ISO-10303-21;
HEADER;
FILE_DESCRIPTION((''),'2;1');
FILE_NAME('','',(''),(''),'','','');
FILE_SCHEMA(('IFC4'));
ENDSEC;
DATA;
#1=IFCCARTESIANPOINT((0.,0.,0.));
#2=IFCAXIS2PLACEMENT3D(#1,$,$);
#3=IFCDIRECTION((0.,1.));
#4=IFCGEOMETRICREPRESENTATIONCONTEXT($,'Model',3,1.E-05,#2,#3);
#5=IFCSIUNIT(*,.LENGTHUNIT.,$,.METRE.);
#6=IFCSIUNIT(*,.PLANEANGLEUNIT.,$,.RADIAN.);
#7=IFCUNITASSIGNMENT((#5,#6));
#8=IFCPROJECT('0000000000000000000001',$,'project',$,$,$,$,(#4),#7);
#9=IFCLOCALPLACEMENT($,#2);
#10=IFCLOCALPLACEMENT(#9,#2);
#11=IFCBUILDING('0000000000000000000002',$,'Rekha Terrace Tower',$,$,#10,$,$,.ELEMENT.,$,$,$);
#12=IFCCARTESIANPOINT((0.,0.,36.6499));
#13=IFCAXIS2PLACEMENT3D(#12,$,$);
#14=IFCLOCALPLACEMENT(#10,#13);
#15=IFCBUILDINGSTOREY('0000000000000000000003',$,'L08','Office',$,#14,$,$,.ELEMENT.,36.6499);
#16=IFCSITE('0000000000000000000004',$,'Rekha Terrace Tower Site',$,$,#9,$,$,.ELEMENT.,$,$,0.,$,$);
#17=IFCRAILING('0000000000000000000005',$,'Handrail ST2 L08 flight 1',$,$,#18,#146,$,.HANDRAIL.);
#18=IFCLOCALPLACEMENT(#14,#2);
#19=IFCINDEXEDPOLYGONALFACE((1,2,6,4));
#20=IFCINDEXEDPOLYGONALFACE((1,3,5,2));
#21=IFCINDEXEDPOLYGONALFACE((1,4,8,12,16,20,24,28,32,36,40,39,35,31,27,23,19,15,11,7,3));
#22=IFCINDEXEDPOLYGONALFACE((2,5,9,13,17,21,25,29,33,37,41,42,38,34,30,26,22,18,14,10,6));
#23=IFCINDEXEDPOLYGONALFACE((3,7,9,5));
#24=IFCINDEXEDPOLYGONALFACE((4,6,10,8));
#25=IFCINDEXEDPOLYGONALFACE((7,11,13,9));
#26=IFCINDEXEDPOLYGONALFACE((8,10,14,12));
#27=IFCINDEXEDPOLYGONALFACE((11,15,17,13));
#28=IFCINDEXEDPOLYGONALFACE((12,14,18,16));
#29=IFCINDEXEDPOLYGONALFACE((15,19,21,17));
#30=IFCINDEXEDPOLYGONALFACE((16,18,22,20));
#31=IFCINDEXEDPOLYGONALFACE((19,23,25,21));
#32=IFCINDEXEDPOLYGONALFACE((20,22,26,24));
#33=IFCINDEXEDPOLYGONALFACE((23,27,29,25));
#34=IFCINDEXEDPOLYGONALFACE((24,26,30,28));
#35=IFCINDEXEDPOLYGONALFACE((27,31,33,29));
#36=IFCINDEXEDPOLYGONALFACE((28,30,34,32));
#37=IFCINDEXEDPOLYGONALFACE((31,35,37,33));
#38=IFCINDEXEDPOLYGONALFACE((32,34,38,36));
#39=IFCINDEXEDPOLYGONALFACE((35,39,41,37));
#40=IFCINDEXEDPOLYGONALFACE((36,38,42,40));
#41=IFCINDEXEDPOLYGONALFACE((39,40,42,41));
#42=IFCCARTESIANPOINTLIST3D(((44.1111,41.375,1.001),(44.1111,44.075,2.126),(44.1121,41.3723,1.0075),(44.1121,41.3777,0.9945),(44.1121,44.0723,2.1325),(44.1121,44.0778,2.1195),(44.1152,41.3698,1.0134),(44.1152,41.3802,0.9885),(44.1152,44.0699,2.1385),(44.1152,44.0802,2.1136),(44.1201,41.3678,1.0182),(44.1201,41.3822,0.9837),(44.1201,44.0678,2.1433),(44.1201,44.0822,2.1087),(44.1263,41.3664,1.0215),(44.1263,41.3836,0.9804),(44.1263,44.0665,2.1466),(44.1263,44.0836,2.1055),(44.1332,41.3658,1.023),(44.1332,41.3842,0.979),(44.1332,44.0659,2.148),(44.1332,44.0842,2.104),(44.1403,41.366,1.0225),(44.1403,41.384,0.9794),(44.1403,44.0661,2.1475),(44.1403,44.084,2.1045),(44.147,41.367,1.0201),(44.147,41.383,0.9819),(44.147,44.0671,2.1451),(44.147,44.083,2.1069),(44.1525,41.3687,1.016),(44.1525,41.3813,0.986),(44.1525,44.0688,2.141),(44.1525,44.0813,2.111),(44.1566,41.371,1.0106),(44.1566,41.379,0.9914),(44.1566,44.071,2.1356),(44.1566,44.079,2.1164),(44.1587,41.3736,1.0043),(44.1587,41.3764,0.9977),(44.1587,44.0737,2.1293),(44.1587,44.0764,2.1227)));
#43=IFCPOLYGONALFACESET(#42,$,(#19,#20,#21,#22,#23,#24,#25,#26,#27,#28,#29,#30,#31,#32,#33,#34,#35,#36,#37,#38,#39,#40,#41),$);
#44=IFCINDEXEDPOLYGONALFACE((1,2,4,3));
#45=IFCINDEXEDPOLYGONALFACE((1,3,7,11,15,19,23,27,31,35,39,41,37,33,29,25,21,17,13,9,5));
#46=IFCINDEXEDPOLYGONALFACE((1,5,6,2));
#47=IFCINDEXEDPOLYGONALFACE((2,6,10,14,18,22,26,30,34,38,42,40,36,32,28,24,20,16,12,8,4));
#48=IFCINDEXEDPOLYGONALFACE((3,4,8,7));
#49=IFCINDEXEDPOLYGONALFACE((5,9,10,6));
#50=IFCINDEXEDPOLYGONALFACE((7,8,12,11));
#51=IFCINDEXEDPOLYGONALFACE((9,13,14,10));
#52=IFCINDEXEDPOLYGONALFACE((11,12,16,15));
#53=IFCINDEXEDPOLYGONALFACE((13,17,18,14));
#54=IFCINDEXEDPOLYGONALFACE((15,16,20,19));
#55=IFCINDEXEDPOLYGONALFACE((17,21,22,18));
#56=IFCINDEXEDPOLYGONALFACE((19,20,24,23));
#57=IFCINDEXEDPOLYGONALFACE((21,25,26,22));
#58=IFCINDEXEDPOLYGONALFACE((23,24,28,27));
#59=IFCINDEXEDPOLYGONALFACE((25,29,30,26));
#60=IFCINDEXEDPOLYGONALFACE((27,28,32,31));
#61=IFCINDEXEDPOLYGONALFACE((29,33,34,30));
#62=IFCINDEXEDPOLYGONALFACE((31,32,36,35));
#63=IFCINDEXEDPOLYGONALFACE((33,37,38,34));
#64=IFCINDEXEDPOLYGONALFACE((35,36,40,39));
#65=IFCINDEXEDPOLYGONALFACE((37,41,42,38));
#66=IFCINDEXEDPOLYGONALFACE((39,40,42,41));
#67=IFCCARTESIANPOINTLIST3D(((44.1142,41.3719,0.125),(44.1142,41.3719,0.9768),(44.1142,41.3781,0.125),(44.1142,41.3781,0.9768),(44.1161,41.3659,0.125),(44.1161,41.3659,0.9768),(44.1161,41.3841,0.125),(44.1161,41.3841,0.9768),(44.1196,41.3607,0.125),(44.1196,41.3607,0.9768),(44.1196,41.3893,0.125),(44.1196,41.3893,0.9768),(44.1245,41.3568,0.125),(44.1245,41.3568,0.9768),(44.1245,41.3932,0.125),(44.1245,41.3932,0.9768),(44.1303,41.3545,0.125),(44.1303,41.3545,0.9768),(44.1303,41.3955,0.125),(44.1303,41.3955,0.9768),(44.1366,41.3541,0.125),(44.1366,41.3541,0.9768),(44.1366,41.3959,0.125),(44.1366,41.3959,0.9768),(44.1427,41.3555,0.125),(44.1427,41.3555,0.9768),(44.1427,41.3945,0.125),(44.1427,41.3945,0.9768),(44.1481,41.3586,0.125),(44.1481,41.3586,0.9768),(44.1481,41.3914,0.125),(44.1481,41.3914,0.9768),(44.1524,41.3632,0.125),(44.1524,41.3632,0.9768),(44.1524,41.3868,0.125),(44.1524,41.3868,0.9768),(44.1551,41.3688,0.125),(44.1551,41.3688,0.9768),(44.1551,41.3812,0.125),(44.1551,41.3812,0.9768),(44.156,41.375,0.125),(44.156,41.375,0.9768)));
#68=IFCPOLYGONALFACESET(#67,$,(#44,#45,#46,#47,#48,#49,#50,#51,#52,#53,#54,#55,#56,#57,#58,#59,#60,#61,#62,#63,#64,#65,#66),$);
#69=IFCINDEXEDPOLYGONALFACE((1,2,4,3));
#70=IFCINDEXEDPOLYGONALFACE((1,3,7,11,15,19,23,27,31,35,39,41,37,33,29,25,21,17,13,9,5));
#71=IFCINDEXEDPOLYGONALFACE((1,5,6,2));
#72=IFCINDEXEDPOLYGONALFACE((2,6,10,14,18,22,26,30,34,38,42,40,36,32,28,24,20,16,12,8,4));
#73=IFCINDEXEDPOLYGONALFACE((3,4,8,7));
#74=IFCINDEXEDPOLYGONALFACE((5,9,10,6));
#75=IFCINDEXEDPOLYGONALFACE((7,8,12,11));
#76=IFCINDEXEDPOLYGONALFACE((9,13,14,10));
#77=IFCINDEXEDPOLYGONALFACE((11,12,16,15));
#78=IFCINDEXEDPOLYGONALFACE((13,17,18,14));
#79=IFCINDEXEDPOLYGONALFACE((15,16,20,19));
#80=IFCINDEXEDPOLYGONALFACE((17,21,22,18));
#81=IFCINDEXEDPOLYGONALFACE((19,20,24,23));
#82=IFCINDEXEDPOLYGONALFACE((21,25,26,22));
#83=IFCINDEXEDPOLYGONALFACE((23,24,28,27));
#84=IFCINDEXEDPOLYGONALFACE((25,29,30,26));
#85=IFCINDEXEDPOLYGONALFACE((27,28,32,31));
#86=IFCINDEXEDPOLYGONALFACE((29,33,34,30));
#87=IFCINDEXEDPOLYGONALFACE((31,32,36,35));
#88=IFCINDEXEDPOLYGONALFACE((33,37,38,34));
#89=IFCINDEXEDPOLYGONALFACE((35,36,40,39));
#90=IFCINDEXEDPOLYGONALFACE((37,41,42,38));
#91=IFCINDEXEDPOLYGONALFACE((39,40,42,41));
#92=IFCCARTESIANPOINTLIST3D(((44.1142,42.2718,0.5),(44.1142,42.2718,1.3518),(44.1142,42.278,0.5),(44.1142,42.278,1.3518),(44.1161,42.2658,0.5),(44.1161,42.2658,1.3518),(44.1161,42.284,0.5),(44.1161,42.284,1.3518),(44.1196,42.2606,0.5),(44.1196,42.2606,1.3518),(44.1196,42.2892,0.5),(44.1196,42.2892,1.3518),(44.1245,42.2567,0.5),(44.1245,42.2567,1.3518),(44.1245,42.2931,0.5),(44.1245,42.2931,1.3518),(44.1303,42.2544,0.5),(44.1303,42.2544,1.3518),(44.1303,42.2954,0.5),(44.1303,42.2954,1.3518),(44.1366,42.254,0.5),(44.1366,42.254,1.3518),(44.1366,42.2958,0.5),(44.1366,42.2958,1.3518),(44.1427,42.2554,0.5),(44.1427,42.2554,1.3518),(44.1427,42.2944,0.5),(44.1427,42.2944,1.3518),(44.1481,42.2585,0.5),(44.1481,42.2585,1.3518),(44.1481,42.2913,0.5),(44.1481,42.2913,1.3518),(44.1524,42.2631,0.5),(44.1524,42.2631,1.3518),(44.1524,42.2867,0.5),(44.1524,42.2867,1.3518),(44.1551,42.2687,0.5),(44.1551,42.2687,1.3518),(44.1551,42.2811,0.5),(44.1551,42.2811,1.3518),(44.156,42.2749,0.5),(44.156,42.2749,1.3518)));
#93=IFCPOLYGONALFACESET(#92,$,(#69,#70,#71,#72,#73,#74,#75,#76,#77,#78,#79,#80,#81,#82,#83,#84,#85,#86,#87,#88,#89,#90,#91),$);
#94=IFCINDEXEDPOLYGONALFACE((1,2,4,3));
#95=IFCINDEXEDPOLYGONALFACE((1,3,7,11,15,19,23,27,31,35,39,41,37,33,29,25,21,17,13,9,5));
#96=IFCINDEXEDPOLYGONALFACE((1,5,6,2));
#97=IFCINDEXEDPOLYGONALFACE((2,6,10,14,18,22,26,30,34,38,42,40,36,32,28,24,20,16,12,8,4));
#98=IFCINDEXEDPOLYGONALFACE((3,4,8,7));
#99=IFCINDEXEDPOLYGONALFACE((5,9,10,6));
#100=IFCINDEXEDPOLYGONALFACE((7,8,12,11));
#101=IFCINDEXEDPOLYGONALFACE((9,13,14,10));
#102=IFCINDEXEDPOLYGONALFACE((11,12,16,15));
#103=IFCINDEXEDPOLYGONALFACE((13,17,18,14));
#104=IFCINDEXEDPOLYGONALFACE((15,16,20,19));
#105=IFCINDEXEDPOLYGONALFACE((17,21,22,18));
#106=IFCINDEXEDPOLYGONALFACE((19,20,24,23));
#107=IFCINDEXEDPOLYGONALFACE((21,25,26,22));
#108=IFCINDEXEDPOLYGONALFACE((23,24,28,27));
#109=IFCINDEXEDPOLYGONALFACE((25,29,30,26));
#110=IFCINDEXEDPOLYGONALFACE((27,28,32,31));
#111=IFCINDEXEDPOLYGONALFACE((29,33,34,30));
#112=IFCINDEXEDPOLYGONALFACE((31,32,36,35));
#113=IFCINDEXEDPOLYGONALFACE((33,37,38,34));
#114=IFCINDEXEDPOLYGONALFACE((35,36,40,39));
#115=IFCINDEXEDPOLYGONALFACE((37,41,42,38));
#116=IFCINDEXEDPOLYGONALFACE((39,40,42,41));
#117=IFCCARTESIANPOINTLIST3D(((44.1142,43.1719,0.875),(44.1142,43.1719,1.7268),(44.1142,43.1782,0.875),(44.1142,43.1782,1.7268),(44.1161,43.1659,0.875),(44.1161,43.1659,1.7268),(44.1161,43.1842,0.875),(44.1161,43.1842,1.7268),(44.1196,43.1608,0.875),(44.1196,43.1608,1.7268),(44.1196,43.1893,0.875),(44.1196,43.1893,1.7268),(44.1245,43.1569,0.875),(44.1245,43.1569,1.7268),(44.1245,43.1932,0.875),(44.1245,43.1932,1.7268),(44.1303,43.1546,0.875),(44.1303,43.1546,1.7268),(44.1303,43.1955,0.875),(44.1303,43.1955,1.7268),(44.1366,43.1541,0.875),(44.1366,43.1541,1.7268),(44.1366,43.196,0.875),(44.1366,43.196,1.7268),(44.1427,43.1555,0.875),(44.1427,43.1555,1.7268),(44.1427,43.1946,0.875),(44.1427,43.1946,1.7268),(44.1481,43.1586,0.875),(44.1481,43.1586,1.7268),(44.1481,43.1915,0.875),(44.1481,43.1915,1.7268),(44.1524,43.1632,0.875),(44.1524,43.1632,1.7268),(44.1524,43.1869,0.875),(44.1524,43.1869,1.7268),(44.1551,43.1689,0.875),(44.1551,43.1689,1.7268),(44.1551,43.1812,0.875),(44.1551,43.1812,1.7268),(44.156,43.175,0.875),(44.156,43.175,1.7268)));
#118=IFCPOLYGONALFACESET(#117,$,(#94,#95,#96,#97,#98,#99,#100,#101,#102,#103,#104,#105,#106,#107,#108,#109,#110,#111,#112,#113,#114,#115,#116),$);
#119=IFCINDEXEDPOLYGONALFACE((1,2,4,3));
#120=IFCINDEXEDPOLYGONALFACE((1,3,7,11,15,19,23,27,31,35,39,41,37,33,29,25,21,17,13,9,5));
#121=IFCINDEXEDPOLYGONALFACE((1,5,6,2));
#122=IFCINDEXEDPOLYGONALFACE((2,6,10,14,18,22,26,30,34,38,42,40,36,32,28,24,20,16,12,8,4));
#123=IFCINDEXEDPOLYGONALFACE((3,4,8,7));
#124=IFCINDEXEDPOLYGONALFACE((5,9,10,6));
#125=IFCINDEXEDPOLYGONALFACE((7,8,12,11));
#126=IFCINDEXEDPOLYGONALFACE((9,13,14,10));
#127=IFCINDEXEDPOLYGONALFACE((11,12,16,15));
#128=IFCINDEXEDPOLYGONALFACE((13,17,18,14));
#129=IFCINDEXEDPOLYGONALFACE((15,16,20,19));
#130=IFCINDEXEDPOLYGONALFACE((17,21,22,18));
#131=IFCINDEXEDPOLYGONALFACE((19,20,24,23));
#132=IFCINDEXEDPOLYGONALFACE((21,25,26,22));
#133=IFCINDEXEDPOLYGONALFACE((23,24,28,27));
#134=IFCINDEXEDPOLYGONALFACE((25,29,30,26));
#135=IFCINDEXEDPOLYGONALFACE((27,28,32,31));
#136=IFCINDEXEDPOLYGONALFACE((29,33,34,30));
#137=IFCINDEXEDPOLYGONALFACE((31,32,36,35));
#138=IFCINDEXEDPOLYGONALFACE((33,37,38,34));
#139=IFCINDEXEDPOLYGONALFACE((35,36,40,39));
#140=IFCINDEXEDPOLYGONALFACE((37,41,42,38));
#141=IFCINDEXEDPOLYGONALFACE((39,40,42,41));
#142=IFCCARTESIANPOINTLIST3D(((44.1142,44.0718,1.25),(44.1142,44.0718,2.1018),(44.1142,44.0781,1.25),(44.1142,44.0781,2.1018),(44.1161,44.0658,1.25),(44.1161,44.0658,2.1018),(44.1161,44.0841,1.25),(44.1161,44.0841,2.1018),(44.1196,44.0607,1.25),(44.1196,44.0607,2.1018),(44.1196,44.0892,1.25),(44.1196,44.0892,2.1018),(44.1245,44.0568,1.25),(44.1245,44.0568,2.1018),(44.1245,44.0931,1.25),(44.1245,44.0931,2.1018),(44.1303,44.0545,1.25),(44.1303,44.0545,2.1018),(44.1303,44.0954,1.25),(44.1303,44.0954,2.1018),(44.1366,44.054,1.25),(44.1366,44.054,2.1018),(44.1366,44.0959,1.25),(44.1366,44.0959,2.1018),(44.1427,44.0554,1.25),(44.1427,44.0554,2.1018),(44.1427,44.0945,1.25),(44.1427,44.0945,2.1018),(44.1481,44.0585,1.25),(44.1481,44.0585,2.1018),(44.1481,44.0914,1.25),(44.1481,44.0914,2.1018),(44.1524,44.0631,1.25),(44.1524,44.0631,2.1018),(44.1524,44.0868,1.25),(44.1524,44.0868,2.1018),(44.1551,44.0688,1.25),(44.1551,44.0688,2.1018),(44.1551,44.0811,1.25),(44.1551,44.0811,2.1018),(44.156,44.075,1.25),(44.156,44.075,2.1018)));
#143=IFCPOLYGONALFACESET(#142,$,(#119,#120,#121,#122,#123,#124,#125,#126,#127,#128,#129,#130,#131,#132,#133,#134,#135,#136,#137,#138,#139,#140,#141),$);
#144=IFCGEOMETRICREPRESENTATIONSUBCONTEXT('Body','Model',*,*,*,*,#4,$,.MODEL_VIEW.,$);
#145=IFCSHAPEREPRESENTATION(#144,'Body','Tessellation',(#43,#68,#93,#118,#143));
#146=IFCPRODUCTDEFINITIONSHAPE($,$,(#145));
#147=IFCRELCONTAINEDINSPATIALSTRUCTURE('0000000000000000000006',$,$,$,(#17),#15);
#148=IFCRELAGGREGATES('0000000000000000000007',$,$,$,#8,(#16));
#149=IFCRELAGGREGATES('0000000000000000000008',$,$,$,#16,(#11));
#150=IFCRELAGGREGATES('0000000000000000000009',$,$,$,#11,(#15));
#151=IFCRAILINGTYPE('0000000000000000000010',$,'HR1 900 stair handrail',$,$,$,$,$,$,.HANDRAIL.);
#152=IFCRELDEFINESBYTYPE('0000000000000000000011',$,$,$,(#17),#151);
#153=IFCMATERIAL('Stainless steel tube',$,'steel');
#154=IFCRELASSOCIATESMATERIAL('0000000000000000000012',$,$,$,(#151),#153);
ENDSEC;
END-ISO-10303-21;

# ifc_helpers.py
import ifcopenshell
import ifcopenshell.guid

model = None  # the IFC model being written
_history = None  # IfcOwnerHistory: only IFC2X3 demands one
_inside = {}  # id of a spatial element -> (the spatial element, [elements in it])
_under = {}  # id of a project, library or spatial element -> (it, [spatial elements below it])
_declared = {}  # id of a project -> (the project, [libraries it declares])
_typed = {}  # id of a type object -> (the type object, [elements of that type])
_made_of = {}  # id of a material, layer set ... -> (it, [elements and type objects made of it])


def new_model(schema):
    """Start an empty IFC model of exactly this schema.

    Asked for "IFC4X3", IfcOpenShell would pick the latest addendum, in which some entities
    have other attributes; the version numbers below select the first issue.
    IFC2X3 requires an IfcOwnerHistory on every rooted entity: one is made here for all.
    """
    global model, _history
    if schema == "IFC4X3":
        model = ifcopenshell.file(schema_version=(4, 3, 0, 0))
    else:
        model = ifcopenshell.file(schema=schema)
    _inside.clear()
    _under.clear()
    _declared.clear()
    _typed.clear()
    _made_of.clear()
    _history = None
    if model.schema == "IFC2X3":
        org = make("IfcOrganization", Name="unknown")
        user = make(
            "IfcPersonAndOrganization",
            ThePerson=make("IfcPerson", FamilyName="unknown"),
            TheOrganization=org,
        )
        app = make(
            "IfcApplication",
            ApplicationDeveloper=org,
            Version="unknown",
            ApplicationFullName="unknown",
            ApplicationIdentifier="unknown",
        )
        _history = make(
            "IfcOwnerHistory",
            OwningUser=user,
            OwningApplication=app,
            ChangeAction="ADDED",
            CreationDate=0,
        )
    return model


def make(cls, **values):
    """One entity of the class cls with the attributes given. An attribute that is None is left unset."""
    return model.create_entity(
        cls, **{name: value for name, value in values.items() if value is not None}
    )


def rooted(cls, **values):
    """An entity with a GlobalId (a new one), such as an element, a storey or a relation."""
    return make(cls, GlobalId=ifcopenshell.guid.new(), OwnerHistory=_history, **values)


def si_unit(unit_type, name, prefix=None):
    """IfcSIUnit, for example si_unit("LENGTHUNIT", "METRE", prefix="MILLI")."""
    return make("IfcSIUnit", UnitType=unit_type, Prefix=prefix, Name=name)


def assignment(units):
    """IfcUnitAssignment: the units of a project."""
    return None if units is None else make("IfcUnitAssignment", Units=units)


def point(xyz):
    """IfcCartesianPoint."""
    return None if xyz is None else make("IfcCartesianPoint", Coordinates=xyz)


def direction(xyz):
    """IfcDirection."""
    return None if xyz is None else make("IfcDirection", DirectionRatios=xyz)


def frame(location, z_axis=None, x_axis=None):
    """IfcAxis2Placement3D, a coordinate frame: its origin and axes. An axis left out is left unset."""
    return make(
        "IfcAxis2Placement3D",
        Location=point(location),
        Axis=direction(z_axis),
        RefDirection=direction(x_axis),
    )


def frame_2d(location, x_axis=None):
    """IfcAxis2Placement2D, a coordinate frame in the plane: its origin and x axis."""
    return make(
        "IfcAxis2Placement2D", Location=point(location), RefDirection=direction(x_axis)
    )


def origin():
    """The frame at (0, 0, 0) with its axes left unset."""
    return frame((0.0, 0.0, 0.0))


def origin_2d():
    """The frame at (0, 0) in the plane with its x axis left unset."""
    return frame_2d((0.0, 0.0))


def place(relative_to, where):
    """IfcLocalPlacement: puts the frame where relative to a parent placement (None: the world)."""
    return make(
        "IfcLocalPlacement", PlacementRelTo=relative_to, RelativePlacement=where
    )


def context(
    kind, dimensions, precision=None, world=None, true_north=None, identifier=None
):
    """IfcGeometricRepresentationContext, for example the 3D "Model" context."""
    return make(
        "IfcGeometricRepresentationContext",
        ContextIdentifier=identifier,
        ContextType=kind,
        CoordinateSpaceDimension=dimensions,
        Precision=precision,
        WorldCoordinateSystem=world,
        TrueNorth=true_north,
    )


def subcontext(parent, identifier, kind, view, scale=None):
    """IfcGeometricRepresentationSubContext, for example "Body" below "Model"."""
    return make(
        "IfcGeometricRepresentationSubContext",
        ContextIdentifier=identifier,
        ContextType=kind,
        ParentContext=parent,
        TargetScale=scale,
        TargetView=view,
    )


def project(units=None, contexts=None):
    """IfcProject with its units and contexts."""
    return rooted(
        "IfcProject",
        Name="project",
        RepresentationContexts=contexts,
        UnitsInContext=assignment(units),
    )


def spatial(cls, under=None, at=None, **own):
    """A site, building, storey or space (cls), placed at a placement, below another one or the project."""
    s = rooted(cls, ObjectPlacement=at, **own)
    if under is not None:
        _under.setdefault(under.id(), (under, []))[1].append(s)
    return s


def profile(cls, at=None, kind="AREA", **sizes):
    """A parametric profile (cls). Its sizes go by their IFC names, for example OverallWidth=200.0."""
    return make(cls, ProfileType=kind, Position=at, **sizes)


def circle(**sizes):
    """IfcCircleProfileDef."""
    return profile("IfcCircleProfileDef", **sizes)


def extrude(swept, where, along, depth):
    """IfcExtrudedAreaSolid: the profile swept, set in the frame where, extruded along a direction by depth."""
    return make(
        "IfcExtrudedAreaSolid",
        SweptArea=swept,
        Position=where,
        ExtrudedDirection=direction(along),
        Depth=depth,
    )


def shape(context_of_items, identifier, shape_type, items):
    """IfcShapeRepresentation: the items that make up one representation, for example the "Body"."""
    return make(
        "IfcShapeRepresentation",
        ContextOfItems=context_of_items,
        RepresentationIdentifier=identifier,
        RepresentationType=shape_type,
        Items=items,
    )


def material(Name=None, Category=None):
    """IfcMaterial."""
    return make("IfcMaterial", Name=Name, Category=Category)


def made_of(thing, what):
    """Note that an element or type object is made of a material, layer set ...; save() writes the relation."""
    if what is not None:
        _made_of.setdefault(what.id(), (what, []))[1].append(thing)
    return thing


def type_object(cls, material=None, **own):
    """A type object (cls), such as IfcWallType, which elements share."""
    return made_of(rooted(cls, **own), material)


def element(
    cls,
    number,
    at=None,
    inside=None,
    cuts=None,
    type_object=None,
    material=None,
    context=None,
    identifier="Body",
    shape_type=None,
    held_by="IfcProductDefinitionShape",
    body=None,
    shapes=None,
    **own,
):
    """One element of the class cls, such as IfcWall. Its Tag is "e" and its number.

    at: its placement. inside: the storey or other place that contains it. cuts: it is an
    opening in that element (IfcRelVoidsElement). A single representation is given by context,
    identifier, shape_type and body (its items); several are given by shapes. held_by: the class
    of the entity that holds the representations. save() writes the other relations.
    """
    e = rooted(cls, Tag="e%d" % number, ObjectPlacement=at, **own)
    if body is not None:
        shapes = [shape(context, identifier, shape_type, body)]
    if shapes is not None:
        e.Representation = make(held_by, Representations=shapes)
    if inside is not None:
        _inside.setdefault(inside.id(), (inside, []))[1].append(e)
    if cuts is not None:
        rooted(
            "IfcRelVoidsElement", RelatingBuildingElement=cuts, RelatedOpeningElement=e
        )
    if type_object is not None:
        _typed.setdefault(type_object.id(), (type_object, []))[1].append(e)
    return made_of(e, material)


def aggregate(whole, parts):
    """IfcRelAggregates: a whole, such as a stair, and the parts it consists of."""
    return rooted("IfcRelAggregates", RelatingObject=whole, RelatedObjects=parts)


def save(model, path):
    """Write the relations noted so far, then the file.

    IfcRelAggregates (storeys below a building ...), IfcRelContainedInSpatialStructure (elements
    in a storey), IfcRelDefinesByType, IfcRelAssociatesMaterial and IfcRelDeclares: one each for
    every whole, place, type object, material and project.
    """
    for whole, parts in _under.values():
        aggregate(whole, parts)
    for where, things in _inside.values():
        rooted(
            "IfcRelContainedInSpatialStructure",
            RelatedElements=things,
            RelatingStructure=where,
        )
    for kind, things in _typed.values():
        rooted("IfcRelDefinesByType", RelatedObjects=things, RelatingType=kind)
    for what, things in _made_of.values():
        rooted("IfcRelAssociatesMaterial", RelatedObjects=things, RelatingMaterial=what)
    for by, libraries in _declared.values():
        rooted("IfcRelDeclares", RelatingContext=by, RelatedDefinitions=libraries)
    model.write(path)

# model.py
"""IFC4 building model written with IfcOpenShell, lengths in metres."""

from ifc_helpers import new_model, si_unit, direction, frame, origin, origin_2d, place, context, subcontext, project, spatial, circle, extrude, material, type_object, element, save


model = new_model("IFC4")

# Units and contexts
model_context = context("Model", 3, precision=1e-05, world=origin(), true_north=direction((0.0, 1.0)))
body_context = subcontext(model_context, "Body", "Model", "MODEL_VIEW")
ifc_project = project(units=[si_unit("LENGTHUNIT", "METRE"), si_unit("PLANEANGLEUNIT", "RADIAN")], contexts=[model_context])

# Site, building, storey
site_placement = place(None, origin())
site = spatial("IfcSite", under=ifc_project, at=site_placement, Name="Rekha Terrace Tower Site", CompositionType="ELEMENT", RefElevation=0.0)
building_placement = place(site_placement, origin())
building = spatial("IfcBuilding", under=site, at=building_placement, Name="Rekha Terrace Tower", CompositionType="ELEMENT")
storey_placement = place(building_placement, frame((0.0, 0.0, 36.6499)))
storey = spatial("IfcBuildingStorey", under=building, at=storey_placement, Name="L08", Description="Office", CompositionType="ELEMENT", Elevation=36.6499)

# Railing
ifc_material_1 = material(Name="Stainless steel tube", Category="steel")
railing_type_1 = type_object("IfcRailingType", Name="HR1 900 stair handrail", PredefinedType="HANDRAIL", material=ifc_material_1)
railing_1_placement = place(storey_placement, frame((44.135, 41.375, 0.125)))
element("IfcRailing", 1, at=railing_1_placement, inside=storey, type_object=railing_type_1, Name="Handrail ST2 L08 flight 1", PredefinedType="HANDRAIL", context=body_context, shape_type="SweptSolid", body=[
    extrude(circle(Radius=0.0239, at=origin_2d()), frame((0.0, 0.0, 0.876), z_axis=(0.0, 0.923074, 0.384621), x_axis=(-1.0, 0.0, 0.0)), (0.0, 0.0, 1.0), 2.925),
    extrude(circle(Radius=0.021, at=origin_2d()), origin(), (0.0, 0.0, 1.0), 0.8518),
    extrude(circle(Radius=0.021, at=origin_2d()), frame((0.0, 0.8999, 0.375)), (0.0, 0.0, 1.0), 0.8518),
    extrude(circle(Radius=0.021, at=origin_2d()), frame((0.0, 1.8, 0.75)), (0.0, 0.0, 1.0), 0.8518),
    extrude(circle(Radius=0.021, at=origin_2d()), frame((0.0, 2.7, 1.125)), (0.0, 0.0, 1.0), 0.8518),
])

save(model, "model.ifc")
